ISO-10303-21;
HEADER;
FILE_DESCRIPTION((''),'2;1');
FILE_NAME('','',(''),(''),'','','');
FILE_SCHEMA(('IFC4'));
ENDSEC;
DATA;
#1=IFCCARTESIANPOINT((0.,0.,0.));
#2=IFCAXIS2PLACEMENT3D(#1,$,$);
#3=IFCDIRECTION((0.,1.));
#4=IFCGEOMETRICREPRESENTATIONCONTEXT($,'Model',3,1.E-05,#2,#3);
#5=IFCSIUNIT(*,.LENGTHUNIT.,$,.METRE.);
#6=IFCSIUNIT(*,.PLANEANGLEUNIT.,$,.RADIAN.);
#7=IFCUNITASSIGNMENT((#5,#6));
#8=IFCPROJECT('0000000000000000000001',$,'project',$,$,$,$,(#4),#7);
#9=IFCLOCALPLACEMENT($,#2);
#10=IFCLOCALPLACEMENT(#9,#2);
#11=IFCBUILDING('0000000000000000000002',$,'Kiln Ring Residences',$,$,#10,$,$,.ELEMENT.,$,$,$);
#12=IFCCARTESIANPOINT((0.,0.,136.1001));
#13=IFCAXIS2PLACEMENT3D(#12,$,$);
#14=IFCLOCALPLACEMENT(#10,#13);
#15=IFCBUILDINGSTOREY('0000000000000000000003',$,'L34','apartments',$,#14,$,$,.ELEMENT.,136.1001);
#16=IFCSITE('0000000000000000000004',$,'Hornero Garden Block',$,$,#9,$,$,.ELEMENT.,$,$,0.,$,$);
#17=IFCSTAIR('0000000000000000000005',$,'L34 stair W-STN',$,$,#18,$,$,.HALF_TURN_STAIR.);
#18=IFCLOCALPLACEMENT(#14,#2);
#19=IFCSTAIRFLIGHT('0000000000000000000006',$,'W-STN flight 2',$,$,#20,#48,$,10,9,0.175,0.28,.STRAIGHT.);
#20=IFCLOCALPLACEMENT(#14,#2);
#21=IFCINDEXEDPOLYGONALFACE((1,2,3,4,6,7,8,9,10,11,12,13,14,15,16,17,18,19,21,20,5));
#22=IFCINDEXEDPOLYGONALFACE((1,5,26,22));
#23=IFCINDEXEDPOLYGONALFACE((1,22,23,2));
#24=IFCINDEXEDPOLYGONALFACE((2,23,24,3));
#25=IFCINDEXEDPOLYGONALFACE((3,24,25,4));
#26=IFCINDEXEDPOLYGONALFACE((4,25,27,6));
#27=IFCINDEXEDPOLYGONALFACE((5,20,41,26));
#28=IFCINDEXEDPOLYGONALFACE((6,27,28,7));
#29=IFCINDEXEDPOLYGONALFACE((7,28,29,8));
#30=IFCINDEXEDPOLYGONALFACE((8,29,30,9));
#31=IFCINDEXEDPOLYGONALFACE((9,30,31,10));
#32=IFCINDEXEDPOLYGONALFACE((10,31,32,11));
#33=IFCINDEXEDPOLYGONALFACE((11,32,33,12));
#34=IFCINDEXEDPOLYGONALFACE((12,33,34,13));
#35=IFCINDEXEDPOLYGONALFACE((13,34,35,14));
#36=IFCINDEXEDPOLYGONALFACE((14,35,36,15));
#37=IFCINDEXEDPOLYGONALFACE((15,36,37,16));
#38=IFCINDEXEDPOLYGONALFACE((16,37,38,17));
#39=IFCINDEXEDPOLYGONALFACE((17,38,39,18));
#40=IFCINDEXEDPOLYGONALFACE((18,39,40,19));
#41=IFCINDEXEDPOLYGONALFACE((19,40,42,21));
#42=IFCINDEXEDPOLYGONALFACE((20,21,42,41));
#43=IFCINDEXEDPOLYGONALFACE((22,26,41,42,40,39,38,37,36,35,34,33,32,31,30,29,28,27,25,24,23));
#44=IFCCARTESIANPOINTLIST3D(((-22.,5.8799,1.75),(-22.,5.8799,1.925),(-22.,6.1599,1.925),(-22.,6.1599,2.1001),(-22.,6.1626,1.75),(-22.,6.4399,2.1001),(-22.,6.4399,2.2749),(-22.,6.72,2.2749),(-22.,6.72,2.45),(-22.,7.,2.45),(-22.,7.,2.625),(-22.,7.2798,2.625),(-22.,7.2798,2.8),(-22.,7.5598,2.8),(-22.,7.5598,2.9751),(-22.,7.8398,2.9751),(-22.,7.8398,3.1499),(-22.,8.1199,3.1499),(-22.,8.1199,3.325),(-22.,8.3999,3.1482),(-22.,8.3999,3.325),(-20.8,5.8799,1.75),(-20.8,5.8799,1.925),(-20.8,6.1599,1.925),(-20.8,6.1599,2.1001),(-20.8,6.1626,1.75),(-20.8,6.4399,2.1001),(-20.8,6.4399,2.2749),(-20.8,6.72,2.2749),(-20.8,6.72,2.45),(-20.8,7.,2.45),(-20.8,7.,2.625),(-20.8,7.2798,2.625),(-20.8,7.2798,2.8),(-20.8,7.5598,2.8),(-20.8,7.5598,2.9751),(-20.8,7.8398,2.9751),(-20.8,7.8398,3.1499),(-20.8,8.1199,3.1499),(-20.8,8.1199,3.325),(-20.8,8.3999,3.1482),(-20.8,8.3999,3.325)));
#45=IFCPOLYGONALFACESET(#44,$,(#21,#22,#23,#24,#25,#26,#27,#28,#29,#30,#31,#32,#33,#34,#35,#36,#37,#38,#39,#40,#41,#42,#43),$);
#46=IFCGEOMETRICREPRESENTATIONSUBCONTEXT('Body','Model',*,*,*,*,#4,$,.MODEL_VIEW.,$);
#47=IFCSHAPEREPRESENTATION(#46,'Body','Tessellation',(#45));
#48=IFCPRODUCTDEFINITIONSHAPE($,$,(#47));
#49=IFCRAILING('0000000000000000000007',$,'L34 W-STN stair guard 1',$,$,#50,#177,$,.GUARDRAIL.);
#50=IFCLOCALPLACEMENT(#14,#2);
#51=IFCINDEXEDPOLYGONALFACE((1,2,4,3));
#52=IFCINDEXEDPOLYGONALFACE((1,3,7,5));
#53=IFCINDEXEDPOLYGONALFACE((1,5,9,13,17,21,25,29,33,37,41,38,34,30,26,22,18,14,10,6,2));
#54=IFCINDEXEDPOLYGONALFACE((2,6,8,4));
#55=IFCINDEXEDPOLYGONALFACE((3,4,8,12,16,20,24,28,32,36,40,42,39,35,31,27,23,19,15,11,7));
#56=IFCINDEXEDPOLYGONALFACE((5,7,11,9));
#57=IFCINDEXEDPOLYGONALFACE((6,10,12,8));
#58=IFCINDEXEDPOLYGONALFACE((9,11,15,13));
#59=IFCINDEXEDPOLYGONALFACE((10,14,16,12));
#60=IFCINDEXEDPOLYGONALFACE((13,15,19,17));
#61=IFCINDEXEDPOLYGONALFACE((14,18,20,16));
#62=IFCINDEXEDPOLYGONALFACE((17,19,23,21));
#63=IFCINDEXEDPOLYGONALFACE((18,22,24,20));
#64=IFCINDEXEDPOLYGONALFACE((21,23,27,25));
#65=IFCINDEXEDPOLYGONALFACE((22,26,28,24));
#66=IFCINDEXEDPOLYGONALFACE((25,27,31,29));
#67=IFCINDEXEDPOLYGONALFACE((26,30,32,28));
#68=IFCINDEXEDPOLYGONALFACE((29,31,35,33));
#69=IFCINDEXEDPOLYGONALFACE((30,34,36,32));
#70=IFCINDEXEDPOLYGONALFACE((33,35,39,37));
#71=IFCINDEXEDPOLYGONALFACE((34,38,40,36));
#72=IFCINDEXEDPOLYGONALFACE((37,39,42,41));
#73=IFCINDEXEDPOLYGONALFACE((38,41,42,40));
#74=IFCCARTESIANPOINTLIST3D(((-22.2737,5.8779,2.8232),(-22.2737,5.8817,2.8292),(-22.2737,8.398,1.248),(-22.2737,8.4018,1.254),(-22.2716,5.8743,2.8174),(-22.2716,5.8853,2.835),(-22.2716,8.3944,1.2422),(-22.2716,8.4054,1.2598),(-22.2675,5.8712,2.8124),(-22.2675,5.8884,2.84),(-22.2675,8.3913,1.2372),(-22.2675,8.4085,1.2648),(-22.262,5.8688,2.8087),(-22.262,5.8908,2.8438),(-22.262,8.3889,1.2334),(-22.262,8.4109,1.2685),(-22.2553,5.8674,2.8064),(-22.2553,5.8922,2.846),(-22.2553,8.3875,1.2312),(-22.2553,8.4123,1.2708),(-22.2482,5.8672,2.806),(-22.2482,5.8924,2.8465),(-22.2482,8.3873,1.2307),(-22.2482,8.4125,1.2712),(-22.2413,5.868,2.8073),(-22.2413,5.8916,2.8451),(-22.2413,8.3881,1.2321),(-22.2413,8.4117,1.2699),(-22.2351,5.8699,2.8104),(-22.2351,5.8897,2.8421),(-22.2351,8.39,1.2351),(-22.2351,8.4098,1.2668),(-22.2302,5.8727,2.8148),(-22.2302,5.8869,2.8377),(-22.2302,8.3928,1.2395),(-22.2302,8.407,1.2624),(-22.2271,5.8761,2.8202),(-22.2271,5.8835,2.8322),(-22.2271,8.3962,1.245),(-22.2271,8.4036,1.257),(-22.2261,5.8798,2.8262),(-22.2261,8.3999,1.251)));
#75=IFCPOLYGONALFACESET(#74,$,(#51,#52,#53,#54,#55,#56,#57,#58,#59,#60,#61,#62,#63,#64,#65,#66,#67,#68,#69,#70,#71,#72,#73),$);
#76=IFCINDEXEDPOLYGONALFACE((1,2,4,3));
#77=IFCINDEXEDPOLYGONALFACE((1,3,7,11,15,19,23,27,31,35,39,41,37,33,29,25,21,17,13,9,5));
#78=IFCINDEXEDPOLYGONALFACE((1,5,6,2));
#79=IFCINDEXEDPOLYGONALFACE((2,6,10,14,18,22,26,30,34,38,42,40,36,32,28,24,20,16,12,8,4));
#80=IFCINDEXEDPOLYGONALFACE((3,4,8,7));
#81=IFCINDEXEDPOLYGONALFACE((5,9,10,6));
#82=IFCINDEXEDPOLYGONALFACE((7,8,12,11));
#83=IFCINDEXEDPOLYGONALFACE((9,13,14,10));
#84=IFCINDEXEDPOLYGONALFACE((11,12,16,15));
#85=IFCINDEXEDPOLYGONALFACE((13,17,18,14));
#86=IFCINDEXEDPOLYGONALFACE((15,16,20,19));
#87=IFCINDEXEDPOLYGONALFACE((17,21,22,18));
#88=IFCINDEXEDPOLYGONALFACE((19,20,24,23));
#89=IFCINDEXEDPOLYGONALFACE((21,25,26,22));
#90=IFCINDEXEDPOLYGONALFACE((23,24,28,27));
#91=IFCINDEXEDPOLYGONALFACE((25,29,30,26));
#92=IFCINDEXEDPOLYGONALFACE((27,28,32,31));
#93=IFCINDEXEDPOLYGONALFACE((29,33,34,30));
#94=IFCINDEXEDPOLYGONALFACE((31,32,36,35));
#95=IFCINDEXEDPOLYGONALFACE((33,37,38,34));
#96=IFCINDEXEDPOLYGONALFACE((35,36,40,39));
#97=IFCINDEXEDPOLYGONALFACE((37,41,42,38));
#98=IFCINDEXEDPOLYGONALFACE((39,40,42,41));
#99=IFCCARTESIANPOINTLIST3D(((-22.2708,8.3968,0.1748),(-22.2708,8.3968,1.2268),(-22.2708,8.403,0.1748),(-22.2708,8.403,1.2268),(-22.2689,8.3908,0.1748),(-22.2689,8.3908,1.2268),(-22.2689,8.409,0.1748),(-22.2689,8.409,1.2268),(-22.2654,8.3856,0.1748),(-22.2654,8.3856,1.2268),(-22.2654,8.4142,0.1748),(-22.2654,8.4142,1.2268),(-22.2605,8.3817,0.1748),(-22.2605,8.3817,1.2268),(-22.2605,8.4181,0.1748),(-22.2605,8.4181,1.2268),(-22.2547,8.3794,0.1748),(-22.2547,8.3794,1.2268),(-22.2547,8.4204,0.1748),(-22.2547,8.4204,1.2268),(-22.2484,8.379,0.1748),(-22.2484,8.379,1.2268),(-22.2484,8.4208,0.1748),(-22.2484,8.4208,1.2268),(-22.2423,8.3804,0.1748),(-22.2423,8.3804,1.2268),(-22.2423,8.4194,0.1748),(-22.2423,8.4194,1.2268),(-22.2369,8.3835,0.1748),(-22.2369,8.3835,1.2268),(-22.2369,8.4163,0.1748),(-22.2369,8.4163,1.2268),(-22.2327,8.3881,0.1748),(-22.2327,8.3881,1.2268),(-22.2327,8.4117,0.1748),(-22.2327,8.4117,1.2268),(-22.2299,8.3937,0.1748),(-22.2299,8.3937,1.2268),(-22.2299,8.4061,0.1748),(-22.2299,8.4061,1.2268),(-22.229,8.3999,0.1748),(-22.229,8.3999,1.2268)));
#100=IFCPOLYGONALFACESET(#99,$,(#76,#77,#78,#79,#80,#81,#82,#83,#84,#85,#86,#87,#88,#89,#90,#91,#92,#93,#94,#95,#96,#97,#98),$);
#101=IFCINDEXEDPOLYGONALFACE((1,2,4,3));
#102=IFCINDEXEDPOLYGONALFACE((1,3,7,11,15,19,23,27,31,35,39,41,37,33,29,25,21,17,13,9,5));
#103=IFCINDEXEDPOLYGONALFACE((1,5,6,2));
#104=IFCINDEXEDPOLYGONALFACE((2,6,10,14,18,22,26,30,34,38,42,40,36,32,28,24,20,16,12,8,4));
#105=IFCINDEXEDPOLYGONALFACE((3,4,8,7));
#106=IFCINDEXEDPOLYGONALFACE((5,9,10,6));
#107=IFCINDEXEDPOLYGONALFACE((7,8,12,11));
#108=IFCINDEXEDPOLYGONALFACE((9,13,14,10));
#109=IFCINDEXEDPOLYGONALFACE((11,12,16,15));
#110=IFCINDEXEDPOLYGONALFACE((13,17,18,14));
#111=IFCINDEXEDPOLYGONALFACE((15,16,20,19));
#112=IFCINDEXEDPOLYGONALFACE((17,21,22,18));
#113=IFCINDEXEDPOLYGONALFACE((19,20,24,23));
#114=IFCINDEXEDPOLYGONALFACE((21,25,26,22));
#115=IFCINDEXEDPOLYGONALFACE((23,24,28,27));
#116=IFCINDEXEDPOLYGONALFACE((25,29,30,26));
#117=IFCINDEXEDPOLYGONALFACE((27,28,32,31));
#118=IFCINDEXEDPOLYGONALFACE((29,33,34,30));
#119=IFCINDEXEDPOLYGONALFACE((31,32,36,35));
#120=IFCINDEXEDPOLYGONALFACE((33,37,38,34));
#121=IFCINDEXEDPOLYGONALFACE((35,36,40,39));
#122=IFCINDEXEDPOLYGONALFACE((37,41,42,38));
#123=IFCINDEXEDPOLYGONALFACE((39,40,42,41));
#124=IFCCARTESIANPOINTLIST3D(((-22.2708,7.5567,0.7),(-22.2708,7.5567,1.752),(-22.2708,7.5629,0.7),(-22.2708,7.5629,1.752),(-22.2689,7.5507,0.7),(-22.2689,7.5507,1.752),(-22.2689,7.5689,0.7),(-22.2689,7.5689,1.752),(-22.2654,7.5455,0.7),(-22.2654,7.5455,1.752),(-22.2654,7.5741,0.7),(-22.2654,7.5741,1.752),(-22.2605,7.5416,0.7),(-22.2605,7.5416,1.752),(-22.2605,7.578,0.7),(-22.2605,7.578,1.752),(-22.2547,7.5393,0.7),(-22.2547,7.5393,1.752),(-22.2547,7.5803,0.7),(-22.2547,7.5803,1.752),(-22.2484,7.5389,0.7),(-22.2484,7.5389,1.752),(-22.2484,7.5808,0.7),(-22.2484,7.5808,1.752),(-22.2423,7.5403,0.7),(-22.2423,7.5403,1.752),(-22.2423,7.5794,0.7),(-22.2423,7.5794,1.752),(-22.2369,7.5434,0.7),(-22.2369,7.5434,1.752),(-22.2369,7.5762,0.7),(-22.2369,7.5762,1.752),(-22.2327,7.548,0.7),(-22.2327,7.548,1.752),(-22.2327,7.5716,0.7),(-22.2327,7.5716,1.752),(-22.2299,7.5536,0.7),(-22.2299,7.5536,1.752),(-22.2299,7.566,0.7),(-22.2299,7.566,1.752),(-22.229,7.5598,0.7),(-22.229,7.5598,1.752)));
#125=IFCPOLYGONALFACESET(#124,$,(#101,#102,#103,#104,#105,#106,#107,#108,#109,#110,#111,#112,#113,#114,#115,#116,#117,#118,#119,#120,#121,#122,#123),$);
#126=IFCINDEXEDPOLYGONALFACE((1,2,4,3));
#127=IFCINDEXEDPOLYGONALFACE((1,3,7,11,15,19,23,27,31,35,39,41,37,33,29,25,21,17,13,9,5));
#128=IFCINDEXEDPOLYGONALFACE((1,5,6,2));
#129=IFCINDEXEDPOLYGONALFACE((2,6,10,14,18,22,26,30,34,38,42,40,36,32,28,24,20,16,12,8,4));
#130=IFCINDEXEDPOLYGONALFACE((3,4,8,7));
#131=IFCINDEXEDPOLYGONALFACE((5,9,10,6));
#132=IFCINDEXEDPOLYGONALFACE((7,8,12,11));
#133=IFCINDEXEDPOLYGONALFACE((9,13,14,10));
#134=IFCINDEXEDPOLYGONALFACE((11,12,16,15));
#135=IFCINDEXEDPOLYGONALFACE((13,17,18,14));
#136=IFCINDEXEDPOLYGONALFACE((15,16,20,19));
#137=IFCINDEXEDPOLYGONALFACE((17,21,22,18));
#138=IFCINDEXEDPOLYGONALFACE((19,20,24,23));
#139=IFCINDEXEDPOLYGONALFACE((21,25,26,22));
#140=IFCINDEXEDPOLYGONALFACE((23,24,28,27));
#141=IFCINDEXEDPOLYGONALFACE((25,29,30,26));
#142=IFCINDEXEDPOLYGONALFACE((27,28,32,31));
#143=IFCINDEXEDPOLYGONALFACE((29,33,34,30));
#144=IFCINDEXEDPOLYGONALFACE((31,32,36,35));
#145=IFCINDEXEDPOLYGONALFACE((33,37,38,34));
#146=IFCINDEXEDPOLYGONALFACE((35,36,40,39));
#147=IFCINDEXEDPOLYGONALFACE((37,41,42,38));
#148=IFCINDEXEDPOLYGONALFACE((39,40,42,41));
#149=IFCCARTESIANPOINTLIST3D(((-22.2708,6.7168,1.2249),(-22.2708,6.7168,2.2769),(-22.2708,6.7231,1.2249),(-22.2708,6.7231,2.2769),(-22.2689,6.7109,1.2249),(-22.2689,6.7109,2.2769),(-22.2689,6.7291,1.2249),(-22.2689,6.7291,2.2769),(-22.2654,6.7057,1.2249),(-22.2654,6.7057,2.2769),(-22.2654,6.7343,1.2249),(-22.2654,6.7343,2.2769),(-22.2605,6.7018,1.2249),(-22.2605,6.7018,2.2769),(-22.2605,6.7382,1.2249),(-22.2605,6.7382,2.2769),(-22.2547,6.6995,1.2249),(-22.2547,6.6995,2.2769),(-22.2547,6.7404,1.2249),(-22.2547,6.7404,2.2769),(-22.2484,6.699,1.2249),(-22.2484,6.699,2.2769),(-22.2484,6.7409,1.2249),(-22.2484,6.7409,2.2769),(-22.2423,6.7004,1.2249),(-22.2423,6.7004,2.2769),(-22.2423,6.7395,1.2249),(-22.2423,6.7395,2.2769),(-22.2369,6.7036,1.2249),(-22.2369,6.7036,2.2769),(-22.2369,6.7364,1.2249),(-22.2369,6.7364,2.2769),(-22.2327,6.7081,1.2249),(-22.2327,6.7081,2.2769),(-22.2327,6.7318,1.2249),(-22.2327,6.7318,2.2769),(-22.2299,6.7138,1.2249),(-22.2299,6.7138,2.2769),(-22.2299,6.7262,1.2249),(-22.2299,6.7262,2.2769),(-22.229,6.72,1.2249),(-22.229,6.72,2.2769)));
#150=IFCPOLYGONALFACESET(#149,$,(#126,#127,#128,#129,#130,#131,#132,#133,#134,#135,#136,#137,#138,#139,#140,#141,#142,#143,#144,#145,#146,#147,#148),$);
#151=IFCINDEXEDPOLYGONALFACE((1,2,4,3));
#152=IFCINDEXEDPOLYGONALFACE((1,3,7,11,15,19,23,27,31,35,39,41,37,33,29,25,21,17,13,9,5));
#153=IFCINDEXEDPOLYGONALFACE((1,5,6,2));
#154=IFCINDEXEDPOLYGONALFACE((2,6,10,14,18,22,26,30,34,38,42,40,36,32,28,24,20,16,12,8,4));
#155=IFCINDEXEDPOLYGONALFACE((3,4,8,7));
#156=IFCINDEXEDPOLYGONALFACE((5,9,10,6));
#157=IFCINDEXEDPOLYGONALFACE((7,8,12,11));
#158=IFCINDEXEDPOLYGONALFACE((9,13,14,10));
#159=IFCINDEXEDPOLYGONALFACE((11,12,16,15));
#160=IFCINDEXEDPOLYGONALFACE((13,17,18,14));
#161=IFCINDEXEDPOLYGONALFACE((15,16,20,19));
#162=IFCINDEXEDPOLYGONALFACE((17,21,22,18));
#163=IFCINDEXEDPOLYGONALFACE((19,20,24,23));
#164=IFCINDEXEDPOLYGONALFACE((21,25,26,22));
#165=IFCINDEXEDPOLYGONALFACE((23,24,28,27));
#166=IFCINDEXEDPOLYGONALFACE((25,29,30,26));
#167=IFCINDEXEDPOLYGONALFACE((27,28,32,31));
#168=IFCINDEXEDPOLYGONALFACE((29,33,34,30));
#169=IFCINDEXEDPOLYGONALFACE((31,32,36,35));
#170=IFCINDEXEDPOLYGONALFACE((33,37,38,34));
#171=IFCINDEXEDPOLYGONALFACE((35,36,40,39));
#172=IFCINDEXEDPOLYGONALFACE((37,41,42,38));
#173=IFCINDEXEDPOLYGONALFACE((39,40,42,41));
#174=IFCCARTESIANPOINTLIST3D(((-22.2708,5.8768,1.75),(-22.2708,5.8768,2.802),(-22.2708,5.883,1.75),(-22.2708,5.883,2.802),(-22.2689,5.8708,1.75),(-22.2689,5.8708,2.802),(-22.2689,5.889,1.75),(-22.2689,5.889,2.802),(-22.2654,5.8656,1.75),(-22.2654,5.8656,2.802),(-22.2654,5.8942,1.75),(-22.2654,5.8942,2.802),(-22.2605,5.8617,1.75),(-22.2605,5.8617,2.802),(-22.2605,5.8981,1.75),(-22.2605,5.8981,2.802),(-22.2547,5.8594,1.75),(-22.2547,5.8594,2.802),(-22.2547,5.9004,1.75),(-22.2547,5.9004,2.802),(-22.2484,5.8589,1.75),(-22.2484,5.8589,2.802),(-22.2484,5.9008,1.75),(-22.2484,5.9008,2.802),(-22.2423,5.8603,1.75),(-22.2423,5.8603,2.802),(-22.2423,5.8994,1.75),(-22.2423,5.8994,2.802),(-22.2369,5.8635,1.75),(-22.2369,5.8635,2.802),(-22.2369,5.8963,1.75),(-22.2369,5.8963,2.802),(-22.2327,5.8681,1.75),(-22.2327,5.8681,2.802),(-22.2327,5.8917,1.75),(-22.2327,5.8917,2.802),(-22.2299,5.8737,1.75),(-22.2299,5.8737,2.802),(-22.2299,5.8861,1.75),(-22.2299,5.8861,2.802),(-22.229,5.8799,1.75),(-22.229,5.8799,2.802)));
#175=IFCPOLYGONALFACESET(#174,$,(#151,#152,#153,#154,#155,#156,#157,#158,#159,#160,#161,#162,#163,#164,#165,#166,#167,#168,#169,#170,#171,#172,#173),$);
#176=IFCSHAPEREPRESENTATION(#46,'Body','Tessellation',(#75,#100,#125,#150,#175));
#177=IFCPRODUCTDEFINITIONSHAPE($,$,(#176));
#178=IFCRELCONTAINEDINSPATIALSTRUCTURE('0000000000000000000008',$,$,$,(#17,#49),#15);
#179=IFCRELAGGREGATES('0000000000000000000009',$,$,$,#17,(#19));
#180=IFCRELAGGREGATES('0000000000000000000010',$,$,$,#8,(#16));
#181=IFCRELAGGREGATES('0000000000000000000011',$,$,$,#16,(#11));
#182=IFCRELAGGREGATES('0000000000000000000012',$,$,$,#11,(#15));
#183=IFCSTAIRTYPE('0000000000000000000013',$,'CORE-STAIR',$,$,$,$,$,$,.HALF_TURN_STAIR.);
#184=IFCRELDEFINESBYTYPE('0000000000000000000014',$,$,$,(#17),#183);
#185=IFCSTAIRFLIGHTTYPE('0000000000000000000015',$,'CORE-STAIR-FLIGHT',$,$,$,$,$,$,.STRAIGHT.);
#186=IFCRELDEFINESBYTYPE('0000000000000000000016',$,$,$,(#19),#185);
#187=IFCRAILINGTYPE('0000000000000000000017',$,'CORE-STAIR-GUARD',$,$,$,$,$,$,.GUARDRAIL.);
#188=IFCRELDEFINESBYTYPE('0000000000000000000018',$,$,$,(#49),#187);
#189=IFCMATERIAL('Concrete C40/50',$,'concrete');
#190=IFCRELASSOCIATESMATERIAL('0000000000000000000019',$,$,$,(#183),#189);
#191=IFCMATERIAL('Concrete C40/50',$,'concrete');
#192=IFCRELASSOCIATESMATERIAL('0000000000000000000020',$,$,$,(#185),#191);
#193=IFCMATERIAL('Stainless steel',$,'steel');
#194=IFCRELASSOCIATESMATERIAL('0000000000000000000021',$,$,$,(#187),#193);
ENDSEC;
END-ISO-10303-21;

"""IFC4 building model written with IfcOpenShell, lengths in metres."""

from ifc_helpers import new_model, si_unit, direction, frame, origin, origin_2d, place, context, subcontext, project, spatial, polyline, circle, outline, extrude, material, type_object, element, aggregate, save


model = new_model("IFC4")

# Units and contexts
model_context = context("Model", 3, precision=1e-05, world=origin(), true_north=direction((0.0, 1.0)))
body_context = subcontext(model_context, "Body", "Model", "MODEL_VIEW")
ifc_project = project(units=[si_unit("LENGTHUNIT", "METRE"), si_unit("PLANEANGLEUNIT", "RADIAN")], contexts=[model_context])

# Site, building, storey
site_placement = place(None, origin())
site = spatial("IfcSite", under=ifc_project, at=site_placement, Name="Hornero Garden Block", CompositionType="ELEMENT", RefElevation=0.0)
building_placement = place(site_placement, origin())
building = spatial("IfcBuilding", under=site, at=building_placement, Name="Kiln Ring Residences", CompositionType="ELEMENT")
storey_placement = place(building_placement, frame((0.0, 0.0, 136.1001)))
storey = spatial("IfcBuildingStorey", under=building, at=storey_placement, Name="L34", Description="apartments", CompositionType="ELEMENT", Elevation=136.1001)

# Stair, stair flight
ifc_material_1 = material(Name="Concrete C40/50", Category="concrete")
stair_type = type_object("IfcStairType", Name="CORE-STAIR", PredefinedType="HALF_TURN_STAIR", material=ifc_material_1)
stair_placement = place(storey_placement, origin())
stair = element("IfcStair", 1, at=stair_placement, inside=storey, type_object=stair_type, Name="L34 stair W-STN", PredefinedType="HALF_TURN_STAIR")
ifc_material_2 = material(Name="Concrete C40/50", Category="concrete")
stair_flight_type = type_object("IfcStairFlightType", Name="CORE-STAIR-FLIGHT", PredefinedType="STRAIGHT", material=ifc_material_2)
stair_flight_1_placement = place(storey_placement, frame((-21.3999, 5.8799, 1.75), z_axis=(0.0, 0.0, 1.0), x_axis=(0.0, 1.0, 0.0)))
stair_flight_1 = element("IfcStairFlight", 2, at=stair_flight_1_placement, type_object=stair_flight_type, Name="W-STN flight 2", NumberOfRisers=10, NumberOfTreads=9, PredefinedType="STRAIGHT", RiserHeight=0.175, TreadLength=0.28, context=body_context, shape_type="SweptSolid", body=[
    extrude(outline(polyline([(0.0, 0.0), (0.0, 0.175), (0.28, 0.175), (0.28, 0.3501), (0.5601, 0.3501), (0.5601, 0.5249), (0.8401, 0.5249), (0.8401, 0.7), (1.1201, 0.7), (1.1201, 0.875), (1.3999, 0.875), (1.3999, 1.05), (1.6799, 1.05), (1.6799, 1.2251), (1.96, 1.2251), (1.96, 1.3999), (2.24, 1.3999), (2.24, 1.575), (2.52, 1.575), (2.52, 1.75), (2.52, 1.3982), (0.2827, 0.0), (0.0, 0.0)])), frame((0.0, 0.6001, 0.0), z_axis=(0.0, -1.0, 0.0), x_axis=(1.0, 0.0, 0.0)), (0.0, 0.0, 1.0), 1.2),
])
aggregate(stair, [stair_flight_1])

# Railing
ifc_material_3 = material(Name="Stainless steel", Category="steel")
railing_type_1 = type_object("IfcRailingType", Name="CORE-STAIR-GUARD", PredefinedType="GUARDRAIL", material=ifc_material_3)
railing_1_placement = place(storey_placement, frame((-22.25, 8.3999, 0.1748)))
element("IfcRailing", 3, at=railing_1_placement, inside=storey, type_object=railing_type_1, Name="L34 W-STN stair guard 1", PredefinedType="GUARDRAIL", context=body_context, shape_type="SweptSolid", body=[
    extrude(circle(Radius=0.0239, at=origin_2d()), frame((0.0, 0.0, 1.0762), z_axis=(0.0, -0.847971, 0.530043), x_axis=(1.0, 0.0, 0.0)), (0.0, 0.0, 1.0), 2.9719),
    extrude(circle(Radius=0.021, at=origin_2d()), origin(), (0.0, 0.0, 1.0), 1.052),
    extrude(circle(Radius=0.021, at=origin_2d()), frame((0.0, -0.8401, 0.5251)), (0.0, 0.0, 1.0), 1.052),
    extrude(circle(Radius=0.021, at=origin_2d()), frame((0.0, -1.6799, 1.05)), (0.0, 0.0, 1.0), 1.052),
    extrude(circle(Radius=0.021, at=origin_2d()), frame((0.0, -2.52, 1.5752)), (0.0, 0.0, 1.0), 1.052),
])

save(model, "model.ifc")
